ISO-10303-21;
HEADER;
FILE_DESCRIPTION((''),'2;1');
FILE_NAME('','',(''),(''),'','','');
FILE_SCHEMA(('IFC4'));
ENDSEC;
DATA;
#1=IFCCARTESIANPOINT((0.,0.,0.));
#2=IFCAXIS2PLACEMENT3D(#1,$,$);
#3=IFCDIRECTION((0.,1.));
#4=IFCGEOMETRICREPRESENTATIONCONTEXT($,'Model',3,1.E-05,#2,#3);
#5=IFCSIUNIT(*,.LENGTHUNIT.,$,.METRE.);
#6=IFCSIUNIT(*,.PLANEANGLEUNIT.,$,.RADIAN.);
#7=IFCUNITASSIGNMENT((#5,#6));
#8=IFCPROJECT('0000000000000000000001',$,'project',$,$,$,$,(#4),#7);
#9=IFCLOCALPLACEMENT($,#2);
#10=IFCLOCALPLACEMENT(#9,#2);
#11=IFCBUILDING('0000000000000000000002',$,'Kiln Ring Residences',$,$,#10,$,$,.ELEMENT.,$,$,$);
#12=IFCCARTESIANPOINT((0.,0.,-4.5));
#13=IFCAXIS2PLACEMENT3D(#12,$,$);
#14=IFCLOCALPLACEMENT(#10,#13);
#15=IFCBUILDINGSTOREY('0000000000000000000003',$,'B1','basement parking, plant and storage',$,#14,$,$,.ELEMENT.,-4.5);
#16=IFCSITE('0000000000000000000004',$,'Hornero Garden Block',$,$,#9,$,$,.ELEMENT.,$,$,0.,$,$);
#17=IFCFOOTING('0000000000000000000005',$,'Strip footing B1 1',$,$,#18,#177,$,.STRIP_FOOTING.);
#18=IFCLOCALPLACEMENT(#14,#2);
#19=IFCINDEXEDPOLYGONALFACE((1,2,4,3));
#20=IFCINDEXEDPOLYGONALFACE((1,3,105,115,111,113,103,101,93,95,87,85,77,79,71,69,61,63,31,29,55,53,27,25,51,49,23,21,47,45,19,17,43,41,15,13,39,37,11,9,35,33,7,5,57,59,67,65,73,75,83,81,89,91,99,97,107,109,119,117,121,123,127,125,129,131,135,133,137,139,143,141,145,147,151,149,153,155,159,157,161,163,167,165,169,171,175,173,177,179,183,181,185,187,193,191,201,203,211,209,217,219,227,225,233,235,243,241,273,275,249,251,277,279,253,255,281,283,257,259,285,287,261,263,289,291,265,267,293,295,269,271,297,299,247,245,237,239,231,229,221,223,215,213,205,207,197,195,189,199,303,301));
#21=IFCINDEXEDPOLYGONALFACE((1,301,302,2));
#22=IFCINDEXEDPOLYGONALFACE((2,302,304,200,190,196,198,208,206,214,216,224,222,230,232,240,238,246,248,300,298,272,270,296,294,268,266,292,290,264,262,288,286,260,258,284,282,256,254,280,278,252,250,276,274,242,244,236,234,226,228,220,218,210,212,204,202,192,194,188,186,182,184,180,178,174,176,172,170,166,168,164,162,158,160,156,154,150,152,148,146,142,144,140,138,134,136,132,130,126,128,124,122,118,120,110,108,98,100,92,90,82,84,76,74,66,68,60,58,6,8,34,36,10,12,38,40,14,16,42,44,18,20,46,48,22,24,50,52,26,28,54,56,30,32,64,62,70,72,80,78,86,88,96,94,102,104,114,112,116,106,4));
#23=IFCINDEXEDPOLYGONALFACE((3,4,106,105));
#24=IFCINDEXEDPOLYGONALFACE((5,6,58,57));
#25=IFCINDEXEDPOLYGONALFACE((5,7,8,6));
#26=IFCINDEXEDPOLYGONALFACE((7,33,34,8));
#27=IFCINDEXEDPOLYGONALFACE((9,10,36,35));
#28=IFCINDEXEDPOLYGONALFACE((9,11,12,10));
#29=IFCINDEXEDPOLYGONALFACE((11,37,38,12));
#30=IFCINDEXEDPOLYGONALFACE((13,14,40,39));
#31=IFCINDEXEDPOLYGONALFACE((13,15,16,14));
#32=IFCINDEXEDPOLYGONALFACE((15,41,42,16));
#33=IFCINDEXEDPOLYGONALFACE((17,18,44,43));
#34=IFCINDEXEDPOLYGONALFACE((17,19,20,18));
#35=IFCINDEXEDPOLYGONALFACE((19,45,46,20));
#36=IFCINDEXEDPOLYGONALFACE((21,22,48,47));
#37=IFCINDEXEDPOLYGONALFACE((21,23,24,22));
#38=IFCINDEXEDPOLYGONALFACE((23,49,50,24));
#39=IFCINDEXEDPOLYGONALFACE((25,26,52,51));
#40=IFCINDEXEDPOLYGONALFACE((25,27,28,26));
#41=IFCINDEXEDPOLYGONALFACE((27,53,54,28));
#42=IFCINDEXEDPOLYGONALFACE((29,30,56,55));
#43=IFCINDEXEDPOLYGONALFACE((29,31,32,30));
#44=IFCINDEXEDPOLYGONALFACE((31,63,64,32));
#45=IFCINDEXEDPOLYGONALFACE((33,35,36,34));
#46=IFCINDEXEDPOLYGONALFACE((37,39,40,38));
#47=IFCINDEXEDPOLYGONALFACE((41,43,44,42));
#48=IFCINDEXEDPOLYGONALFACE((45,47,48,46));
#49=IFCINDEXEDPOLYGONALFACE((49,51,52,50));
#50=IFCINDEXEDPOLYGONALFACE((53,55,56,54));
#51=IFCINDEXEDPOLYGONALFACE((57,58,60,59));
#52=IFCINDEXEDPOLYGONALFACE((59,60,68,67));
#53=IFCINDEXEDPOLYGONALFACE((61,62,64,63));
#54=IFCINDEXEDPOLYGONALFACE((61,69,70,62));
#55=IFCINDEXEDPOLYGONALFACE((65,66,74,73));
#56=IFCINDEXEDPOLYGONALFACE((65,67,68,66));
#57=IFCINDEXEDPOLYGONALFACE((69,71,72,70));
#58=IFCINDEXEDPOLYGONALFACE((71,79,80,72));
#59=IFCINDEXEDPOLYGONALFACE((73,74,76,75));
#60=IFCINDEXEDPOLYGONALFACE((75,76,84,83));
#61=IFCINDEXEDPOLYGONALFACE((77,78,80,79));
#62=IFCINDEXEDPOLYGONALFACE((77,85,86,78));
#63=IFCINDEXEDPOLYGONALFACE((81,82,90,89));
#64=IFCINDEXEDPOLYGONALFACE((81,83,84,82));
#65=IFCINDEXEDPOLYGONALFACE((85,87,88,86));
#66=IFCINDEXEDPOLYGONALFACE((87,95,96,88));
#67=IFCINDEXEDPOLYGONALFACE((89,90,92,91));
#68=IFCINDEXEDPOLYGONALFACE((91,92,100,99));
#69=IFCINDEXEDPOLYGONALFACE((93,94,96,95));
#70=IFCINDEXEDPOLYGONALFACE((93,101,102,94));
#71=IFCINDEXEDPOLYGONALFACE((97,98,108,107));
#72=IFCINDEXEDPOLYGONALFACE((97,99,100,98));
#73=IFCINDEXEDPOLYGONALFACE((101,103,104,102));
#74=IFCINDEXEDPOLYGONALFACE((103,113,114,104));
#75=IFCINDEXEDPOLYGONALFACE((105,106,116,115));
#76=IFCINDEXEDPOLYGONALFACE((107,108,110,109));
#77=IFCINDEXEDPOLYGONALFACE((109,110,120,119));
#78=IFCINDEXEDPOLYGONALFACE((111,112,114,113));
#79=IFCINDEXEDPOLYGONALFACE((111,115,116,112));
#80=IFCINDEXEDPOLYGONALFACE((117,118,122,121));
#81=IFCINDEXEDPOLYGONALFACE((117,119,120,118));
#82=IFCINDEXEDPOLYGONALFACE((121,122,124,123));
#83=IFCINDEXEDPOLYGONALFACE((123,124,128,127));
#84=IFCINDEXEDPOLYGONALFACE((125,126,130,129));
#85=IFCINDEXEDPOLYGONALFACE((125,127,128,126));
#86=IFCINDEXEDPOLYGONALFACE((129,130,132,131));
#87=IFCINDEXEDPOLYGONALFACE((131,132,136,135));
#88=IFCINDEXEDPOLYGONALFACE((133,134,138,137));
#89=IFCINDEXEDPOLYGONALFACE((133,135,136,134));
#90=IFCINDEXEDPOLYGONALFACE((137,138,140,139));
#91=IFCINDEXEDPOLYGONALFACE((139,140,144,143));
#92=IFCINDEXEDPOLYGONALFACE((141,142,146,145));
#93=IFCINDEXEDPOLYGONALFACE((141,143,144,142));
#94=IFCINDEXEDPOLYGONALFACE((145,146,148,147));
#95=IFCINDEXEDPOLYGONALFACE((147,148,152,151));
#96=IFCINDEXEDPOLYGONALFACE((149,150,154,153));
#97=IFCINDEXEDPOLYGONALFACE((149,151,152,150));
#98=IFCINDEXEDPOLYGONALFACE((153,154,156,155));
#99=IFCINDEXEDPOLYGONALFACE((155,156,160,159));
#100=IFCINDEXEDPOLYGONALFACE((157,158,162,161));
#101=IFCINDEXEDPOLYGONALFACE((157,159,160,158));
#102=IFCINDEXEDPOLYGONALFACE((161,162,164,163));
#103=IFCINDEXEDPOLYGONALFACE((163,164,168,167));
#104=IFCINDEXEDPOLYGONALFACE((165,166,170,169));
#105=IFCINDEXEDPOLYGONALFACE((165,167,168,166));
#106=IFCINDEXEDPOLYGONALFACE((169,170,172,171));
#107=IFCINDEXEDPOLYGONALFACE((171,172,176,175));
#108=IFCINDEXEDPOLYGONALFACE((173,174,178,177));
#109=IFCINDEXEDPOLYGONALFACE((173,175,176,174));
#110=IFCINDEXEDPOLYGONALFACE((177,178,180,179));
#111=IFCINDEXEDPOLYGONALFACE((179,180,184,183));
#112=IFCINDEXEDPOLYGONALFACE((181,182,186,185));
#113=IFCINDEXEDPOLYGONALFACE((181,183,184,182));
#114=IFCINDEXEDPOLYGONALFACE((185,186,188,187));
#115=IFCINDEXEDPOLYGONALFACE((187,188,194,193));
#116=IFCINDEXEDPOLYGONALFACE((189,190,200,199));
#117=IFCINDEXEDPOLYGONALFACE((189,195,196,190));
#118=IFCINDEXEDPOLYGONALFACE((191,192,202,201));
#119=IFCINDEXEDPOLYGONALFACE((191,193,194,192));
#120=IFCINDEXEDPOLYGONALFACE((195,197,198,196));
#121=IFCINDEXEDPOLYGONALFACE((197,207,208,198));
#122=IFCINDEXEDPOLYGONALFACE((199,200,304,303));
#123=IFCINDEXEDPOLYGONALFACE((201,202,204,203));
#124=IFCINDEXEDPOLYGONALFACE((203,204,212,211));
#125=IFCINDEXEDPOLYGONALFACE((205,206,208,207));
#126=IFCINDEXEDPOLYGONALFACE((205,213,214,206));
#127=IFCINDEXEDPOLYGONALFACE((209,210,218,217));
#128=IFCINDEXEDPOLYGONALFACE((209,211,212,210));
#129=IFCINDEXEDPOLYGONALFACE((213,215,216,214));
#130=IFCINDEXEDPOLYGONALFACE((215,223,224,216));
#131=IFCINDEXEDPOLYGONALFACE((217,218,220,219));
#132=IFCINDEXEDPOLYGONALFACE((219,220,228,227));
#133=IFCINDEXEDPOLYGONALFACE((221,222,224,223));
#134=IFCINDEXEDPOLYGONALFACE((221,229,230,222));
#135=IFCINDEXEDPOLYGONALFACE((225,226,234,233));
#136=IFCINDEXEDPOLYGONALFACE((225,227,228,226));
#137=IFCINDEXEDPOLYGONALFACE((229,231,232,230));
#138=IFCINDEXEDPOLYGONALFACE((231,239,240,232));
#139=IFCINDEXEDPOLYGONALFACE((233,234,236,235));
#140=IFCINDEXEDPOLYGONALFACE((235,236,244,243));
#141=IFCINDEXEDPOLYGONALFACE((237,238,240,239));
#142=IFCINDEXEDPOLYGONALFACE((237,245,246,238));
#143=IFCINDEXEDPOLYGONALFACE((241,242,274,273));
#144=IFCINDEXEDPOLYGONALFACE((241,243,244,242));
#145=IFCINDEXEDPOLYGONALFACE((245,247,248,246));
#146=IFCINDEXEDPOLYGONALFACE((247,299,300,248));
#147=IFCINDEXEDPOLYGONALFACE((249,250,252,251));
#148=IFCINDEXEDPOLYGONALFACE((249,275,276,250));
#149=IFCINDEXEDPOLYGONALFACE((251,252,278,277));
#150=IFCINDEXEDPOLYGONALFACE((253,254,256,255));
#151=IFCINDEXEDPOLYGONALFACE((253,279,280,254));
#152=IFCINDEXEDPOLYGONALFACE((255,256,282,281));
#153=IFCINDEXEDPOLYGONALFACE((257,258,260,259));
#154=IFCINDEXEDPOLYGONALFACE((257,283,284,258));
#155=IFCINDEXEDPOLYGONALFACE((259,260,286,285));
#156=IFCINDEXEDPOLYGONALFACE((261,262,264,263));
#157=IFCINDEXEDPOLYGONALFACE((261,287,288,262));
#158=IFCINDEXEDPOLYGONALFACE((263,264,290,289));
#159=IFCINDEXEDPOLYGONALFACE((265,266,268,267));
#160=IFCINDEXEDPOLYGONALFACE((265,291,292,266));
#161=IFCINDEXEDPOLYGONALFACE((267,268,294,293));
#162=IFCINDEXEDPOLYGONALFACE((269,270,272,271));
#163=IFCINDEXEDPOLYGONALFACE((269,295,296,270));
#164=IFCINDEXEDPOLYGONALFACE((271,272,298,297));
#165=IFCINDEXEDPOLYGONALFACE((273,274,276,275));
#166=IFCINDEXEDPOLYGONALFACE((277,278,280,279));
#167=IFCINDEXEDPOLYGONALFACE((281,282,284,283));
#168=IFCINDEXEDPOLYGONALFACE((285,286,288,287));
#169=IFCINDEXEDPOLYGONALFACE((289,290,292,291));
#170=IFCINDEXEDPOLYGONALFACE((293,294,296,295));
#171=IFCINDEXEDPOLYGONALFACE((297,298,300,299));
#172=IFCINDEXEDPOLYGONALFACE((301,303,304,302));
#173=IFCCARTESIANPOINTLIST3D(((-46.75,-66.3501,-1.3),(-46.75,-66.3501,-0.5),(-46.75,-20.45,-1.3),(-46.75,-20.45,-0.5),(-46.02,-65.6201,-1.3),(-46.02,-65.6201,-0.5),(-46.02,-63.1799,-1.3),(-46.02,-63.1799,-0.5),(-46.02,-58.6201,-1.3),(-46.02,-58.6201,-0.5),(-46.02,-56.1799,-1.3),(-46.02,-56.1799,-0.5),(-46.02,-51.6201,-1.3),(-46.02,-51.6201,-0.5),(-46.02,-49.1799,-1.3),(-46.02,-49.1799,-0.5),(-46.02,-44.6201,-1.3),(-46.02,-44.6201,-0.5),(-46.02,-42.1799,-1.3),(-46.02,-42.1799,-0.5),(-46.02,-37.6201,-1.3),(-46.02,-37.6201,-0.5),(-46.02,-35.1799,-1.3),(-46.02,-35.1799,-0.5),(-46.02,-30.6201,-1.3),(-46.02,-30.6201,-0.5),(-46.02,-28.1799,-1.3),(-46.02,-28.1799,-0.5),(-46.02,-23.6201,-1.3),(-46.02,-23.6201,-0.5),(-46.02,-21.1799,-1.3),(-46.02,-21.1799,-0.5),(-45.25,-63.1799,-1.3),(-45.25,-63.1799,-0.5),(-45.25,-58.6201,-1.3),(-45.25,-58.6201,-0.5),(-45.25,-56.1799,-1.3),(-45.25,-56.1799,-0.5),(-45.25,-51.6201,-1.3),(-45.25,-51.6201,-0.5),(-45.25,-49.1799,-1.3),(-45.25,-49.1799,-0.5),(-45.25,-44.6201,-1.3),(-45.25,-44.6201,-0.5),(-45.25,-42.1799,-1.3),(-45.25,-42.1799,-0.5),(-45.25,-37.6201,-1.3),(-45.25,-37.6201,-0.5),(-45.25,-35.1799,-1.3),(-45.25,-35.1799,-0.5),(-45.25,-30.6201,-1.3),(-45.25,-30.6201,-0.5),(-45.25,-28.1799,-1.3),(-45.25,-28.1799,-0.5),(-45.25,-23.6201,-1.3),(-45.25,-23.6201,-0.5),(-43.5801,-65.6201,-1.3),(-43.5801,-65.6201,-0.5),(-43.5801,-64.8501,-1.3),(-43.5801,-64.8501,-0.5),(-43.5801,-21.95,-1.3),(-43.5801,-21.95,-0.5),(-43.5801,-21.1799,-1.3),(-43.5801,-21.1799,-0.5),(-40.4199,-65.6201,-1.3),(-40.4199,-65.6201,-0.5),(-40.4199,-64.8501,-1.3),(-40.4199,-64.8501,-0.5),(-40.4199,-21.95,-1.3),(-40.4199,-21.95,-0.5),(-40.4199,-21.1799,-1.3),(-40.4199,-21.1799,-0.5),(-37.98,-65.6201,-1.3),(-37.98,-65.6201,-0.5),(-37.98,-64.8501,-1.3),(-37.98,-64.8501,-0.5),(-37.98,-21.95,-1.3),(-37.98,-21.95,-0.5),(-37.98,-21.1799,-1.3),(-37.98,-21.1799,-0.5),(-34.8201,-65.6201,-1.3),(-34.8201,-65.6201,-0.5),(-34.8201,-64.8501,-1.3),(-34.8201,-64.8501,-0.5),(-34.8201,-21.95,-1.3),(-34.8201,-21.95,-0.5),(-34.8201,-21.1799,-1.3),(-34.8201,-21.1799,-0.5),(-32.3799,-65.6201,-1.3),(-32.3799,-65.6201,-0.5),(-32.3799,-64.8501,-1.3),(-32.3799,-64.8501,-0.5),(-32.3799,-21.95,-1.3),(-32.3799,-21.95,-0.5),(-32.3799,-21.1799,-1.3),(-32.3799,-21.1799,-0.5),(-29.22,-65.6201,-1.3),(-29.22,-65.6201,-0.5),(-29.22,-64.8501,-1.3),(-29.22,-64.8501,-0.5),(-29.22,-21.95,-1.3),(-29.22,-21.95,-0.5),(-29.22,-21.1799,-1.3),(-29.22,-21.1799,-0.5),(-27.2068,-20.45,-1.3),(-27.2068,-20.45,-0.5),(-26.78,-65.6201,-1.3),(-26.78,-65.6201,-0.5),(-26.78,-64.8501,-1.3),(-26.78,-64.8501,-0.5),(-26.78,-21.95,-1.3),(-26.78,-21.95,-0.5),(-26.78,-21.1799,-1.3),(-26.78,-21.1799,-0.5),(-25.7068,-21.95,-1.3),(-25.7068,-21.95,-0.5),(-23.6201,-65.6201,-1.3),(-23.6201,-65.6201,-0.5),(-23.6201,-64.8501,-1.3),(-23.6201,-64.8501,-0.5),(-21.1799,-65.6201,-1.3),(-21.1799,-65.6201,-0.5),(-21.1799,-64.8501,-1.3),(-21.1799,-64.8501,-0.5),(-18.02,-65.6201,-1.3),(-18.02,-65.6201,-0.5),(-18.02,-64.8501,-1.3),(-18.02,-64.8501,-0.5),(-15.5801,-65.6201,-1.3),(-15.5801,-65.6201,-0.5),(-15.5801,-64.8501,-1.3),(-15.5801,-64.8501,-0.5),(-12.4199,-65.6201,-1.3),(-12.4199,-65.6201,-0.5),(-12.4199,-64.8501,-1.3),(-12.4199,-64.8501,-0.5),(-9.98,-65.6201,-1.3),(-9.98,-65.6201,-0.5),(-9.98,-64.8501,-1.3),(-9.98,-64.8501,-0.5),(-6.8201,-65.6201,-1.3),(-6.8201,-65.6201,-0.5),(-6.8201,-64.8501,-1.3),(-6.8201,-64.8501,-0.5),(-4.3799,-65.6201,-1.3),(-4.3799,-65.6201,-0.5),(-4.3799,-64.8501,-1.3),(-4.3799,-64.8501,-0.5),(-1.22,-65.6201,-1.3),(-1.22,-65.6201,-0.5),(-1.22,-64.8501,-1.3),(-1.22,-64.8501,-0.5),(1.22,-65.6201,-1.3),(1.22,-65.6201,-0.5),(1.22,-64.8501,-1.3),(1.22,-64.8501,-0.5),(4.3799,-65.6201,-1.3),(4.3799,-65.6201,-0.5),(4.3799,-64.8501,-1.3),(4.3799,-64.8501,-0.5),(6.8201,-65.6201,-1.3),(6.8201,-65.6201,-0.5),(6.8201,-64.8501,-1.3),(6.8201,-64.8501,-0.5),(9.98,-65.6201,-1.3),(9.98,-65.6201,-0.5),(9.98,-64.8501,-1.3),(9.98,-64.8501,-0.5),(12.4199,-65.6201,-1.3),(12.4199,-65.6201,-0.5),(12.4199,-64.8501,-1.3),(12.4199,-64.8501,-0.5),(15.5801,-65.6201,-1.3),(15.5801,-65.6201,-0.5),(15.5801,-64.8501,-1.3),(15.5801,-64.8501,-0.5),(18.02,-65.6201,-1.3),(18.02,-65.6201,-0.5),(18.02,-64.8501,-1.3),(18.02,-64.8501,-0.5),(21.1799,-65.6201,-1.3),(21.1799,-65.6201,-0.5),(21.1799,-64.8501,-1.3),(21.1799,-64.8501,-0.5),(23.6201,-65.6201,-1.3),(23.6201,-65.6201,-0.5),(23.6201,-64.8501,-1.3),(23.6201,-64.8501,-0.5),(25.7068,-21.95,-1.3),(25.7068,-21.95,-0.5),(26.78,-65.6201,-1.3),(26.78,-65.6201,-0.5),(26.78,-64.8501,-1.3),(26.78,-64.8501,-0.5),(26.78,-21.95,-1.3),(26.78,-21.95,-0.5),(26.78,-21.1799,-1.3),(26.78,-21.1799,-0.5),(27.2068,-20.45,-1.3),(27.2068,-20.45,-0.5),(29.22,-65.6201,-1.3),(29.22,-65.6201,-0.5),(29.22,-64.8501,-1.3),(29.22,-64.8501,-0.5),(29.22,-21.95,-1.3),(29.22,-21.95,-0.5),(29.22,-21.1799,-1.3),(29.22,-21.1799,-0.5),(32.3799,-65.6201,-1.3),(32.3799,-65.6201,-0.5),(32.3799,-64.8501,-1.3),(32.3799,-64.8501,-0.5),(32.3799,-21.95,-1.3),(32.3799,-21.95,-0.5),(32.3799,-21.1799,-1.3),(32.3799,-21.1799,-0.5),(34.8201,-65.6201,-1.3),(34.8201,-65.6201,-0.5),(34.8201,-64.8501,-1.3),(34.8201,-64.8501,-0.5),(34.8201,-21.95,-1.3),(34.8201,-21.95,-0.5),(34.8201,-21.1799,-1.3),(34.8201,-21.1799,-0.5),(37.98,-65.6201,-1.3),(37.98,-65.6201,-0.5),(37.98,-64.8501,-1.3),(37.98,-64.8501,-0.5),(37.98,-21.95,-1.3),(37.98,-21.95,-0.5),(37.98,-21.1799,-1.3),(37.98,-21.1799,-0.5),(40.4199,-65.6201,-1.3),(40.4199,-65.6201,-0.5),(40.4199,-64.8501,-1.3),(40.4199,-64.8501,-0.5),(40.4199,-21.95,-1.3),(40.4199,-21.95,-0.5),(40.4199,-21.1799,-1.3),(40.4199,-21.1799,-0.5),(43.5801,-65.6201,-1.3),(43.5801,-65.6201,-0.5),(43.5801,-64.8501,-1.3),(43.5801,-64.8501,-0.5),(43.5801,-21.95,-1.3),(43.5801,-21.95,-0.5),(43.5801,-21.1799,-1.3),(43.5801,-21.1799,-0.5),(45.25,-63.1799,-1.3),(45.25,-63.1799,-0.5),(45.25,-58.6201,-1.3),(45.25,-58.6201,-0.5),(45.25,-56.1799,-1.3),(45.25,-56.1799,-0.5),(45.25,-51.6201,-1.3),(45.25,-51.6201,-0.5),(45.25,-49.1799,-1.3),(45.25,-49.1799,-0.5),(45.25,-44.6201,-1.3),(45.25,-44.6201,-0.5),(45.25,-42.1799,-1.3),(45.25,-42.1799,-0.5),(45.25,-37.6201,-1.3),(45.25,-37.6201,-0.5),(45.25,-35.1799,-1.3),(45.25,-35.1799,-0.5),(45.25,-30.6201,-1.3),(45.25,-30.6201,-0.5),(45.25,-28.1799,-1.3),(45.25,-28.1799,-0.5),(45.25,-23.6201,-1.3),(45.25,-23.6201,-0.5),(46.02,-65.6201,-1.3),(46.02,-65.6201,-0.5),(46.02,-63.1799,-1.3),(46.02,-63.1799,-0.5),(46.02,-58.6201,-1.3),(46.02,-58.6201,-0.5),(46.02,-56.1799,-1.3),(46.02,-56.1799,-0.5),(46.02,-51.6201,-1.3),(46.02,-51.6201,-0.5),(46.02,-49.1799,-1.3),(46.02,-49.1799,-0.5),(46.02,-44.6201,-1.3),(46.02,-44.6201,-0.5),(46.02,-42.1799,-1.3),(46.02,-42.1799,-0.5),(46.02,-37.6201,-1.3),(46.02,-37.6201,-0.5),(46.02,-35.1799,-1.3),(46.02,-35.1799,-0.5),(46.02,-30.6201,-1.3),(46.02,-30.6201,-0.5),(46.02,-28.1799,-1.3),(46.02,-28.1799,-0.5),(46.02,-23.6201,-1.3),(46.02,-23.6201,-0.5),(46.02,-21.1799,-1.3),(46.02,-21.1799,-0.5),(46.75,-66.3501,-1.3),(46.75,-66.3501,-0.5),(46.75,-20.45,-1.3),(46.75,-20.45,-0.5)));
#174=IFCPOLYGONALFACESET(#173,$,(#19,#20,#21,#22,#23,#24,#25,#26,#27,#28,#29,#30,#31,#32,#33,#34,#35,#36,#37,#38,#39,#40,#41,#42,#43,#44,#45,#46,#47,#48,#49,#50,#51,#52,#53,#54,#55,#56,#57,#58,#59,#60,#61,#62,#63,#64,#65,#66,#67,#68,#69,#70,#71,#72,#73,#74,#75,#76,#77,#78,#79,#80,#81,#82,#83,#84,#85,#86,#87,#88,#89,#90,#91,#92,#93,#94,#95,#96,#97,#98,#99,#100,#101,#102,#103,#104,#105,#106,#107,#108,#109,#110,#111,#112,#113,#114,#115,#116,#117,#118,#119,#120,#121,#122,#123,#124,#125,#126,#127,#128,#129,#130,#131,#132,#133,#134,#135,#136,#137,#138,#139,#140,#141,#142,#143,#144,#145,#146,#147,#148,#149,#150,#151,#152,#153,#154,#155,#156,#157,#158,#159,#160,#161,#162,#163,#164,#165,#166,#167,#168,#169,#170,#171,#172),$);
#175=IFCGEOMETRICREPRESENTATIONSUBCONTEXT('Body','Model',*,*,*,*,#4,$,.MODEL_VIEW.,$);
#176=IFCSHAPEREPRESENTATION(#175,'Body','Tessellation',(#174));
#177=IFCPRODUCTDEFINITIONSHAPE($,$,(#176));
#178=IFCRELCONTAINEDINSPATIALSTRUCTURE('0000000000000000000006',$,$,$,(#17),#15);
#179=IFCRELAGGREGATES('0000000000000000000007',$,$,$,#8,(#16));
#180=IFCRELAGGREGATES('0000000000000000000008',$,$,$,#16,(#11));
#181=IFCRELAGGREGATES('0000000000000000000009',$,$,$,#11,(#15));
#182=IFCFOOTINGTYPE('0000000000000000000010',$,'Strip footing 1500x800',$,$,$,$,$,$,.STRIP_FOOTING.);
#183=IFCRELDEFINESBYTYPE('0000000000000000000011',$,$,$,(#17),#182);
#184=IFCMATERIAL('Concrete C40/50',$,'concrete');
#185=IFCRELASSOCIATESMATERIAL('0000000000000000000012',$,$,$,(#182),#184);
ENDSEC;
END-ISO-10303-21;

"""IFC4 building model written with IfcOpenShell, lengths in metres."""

from ifc_helpers import new_model, si_unit, direction, frame, origin, place, context, subcontext, project, spatial, polyline, outline, extrude, material, type_object, element, save


model = new_model("IFC4")

# Units and contexts
model_context = context("Model", 3, precision=1e-05, world=origin(), true_north=direction((0.0, 1.0)))
body_context = subcontext(model_context, "Body", "Model", "MODEL_VIEW")
ifc_project = project(units=[si_unit("LENGTHUNIT", "METRE"), si_unit("PLANEANGLEUNIT", "RADIAN")], contexts=[model_context])

# Site, building, storey
site_placement = place(None, origin())
site = spatial("IfcSite", under=ifc_project, at=site_placement, Name="Hornero Garden Block", CompositionType="ELEMENT", RefElevation=0.0)
building_placement = place(site_placement, origin())
building = spatial("IfcBuilding", under=site, at=building_placement, Name="Kiln Ring Residences", CompositionType="ELEMENT")
storey_placement = place(building_placement, frame((0.0, 0.0, -4.5)))
storey = spatial("IfcBuildingStorey", under=building, at=storey_placement, Name="B1", Description="basement parking, plant and storage", CompositionType="ELEMENT", Elevation=-4.5)

# Footing
ifc_material_1 = material(Name="Concrete C40/50", Category="concrete")
footing_type_1 = type_object("IfcFootingType", Name="Strip footing 1500x800", PredefinedType="STRIP_FOOTING", material=ifc_material_1)
footing_1_placement = place(storey_placement, frame((0.0, 0.0, -1.3)))
element("IfcFooting", 1, at=footing_1_placement, inside=storey, type_object=footing_type_1, Name="Strip footing B1 1", PredefinedType="STRIP_FOOTING", context=body_context, shape_type="SweptSolid", body=[
    extrude(outline(polyline([(27.2068, -20.45), (25.7068, -21.95), (26.78, -21.95), (26.78, -21.1799), (29.22, -21.1799), (29.22, -21.95), (32.3799, -21.95), (32.3799, -21.1799), (34.8201, -21.1799), (34.8201, -21.95), (37.98, -21.95), (37.98, -21.1799), (40.4199, -21.1799), (40.4199, -21.95), (43.5801, -21.95), (43.5801, -21.1799), (46.02, -21.1799), (46.02, -23.6201), (45.25, -23.6201), (45.25, -28.1799), (46.02, -28.1799), (46.02, -30.6201), (45.25, -30.6201), (45.25, -35.1799), (46.02, -35.1799), (46.02, -37.6201), (45.25, -37.6201), (45.25, -42.1799), (46.02, -42.1799), (46.02, -44.6201), (45.25, -44.6201), (45.25, -49.1799), (46.02, -49.1799), (46.02, -51.6201), (45.25, -51.6201), (45.25, -56.1799), (46.02, -56.1799), (46.02, -58.6201), (45.25, -58.6201), (45.25, -63.1799), (46.02, -63.1799), (46.02, -65.6201), (43.5801, -65.6201), (43.5801, -64.8501), (40.4199, -64.8501), (40.4199, -65.6201), (37.98, -65.6201), (37.98, -64.8501), (34.8201, -64.8501), (34.8201, -65.6201), (32.3799, -65.6201), (32.3799, -64.8501), (29.22, -64.8501), (29.22, -65.6201), (26.78, -65.6201), (26.78, -64.8501), (23.6201, -64.8501), (23.6201, -65.6201), (21.1799, -65.6201), (21.1799, -64.8501), (18.02, -64.8501), (18.02, -65.6201), (15.5801, -65.6201), (15.5801, -64.8501), (12.4199, -64.8501), (12.4199, -65.6201), (9.98, -65.6201), (9.98, -64.8501), (6.8201, -64.8501), (6.8201, -65.6201), (4.3799, -65.6201), (4.3799, -64.8501), (1.22, -64.8501), (1.22, -65.6201), (-1.22, -65.6201), (-1.22, -64.8501), (-4.3799, -64.8501), (-4.3799, -65.6201), (-6.8201, -65.6201), (-6.8201, -64.8501), (-9.98, -64.8501), (-9.98, -65.6201), (-12.4199, -65.6201), (-12.4199, -64.8501), (-15.5801, -64.8501), (-15.5801, -65.6201), (-18.02, -65.6201), (-18.02, -64.8501), (-21.1799, -64.8501), (-21.1799, -65.6201), (-23.6201, -65.6201), (-23.6201, -64.8501), (-26.78, -64.8501), (-26.78, -65.6201), (-29.22, -65.6201), (-29.22, -64.8501), (-32.3799, -64.8501), (-32.3799, -65.6201), (-34.8201, -65.6201), (-34.8201, -64.8501), (-37.98, -64.8501), (-37.98, -65.6201), (-40.4199, -65.6201), (-40.4199, -64.8501), (-43.5801, -64.8501), (-43.5801, -65.6201), (-46.02, -65.6201), (-46.02, -63.1799), (-45.25, -63.1799), (-45.25, -58.6201), (-46.02, -58.6201), (-46.02, -56.1799), (-45.25, -56.1799), (-45.25, -51.6201), (-46.02, -51.6201), (-46.02, -49.1799), (-45.25, -49.1799), (-45.25, -44.6201), (-46.02, -44.6201), (-46.02, -42.1799), (-45.25, -42.1799), (-45.25, -37.6201), (-46.02, -37.6201), (-46.02, -35.1799), (-45.25, -35.1799), (-45.25, -30.6201), (-46.02, -30.6201), (-46.02, -28.1799), (-45.25, -28.1799), (-45.25, -23.6201), (-46.02, -23.6201), (-46.02, -21.1799), (-43.5801, -21.1799), (-43.5801, -21.95), (-40.4199, -21.95), (-40.4199, -21.1799), (-37.98, -21.1799), (-37.98, -21.95), (-34.8201, -21.95), (-34.8201, -21.1799), (-32.3799, -21.1799), (-32.3799, -21.95), (-29.22, -21.95), (-29.22, -21.1799), (-26.78, -21.1799), (-26.78, -21.95), (-25.7068, -21.95), (-27.2068, -20.45), (-46.75, -20.45), (-46.75, -66.3501), (46.75, -66.3501), (46.75, -20.45), (27.2068, -20.45)])), origin(), (0.0, 0.0, 1.0), 0.8),
])

save(model, "model.ifc")
